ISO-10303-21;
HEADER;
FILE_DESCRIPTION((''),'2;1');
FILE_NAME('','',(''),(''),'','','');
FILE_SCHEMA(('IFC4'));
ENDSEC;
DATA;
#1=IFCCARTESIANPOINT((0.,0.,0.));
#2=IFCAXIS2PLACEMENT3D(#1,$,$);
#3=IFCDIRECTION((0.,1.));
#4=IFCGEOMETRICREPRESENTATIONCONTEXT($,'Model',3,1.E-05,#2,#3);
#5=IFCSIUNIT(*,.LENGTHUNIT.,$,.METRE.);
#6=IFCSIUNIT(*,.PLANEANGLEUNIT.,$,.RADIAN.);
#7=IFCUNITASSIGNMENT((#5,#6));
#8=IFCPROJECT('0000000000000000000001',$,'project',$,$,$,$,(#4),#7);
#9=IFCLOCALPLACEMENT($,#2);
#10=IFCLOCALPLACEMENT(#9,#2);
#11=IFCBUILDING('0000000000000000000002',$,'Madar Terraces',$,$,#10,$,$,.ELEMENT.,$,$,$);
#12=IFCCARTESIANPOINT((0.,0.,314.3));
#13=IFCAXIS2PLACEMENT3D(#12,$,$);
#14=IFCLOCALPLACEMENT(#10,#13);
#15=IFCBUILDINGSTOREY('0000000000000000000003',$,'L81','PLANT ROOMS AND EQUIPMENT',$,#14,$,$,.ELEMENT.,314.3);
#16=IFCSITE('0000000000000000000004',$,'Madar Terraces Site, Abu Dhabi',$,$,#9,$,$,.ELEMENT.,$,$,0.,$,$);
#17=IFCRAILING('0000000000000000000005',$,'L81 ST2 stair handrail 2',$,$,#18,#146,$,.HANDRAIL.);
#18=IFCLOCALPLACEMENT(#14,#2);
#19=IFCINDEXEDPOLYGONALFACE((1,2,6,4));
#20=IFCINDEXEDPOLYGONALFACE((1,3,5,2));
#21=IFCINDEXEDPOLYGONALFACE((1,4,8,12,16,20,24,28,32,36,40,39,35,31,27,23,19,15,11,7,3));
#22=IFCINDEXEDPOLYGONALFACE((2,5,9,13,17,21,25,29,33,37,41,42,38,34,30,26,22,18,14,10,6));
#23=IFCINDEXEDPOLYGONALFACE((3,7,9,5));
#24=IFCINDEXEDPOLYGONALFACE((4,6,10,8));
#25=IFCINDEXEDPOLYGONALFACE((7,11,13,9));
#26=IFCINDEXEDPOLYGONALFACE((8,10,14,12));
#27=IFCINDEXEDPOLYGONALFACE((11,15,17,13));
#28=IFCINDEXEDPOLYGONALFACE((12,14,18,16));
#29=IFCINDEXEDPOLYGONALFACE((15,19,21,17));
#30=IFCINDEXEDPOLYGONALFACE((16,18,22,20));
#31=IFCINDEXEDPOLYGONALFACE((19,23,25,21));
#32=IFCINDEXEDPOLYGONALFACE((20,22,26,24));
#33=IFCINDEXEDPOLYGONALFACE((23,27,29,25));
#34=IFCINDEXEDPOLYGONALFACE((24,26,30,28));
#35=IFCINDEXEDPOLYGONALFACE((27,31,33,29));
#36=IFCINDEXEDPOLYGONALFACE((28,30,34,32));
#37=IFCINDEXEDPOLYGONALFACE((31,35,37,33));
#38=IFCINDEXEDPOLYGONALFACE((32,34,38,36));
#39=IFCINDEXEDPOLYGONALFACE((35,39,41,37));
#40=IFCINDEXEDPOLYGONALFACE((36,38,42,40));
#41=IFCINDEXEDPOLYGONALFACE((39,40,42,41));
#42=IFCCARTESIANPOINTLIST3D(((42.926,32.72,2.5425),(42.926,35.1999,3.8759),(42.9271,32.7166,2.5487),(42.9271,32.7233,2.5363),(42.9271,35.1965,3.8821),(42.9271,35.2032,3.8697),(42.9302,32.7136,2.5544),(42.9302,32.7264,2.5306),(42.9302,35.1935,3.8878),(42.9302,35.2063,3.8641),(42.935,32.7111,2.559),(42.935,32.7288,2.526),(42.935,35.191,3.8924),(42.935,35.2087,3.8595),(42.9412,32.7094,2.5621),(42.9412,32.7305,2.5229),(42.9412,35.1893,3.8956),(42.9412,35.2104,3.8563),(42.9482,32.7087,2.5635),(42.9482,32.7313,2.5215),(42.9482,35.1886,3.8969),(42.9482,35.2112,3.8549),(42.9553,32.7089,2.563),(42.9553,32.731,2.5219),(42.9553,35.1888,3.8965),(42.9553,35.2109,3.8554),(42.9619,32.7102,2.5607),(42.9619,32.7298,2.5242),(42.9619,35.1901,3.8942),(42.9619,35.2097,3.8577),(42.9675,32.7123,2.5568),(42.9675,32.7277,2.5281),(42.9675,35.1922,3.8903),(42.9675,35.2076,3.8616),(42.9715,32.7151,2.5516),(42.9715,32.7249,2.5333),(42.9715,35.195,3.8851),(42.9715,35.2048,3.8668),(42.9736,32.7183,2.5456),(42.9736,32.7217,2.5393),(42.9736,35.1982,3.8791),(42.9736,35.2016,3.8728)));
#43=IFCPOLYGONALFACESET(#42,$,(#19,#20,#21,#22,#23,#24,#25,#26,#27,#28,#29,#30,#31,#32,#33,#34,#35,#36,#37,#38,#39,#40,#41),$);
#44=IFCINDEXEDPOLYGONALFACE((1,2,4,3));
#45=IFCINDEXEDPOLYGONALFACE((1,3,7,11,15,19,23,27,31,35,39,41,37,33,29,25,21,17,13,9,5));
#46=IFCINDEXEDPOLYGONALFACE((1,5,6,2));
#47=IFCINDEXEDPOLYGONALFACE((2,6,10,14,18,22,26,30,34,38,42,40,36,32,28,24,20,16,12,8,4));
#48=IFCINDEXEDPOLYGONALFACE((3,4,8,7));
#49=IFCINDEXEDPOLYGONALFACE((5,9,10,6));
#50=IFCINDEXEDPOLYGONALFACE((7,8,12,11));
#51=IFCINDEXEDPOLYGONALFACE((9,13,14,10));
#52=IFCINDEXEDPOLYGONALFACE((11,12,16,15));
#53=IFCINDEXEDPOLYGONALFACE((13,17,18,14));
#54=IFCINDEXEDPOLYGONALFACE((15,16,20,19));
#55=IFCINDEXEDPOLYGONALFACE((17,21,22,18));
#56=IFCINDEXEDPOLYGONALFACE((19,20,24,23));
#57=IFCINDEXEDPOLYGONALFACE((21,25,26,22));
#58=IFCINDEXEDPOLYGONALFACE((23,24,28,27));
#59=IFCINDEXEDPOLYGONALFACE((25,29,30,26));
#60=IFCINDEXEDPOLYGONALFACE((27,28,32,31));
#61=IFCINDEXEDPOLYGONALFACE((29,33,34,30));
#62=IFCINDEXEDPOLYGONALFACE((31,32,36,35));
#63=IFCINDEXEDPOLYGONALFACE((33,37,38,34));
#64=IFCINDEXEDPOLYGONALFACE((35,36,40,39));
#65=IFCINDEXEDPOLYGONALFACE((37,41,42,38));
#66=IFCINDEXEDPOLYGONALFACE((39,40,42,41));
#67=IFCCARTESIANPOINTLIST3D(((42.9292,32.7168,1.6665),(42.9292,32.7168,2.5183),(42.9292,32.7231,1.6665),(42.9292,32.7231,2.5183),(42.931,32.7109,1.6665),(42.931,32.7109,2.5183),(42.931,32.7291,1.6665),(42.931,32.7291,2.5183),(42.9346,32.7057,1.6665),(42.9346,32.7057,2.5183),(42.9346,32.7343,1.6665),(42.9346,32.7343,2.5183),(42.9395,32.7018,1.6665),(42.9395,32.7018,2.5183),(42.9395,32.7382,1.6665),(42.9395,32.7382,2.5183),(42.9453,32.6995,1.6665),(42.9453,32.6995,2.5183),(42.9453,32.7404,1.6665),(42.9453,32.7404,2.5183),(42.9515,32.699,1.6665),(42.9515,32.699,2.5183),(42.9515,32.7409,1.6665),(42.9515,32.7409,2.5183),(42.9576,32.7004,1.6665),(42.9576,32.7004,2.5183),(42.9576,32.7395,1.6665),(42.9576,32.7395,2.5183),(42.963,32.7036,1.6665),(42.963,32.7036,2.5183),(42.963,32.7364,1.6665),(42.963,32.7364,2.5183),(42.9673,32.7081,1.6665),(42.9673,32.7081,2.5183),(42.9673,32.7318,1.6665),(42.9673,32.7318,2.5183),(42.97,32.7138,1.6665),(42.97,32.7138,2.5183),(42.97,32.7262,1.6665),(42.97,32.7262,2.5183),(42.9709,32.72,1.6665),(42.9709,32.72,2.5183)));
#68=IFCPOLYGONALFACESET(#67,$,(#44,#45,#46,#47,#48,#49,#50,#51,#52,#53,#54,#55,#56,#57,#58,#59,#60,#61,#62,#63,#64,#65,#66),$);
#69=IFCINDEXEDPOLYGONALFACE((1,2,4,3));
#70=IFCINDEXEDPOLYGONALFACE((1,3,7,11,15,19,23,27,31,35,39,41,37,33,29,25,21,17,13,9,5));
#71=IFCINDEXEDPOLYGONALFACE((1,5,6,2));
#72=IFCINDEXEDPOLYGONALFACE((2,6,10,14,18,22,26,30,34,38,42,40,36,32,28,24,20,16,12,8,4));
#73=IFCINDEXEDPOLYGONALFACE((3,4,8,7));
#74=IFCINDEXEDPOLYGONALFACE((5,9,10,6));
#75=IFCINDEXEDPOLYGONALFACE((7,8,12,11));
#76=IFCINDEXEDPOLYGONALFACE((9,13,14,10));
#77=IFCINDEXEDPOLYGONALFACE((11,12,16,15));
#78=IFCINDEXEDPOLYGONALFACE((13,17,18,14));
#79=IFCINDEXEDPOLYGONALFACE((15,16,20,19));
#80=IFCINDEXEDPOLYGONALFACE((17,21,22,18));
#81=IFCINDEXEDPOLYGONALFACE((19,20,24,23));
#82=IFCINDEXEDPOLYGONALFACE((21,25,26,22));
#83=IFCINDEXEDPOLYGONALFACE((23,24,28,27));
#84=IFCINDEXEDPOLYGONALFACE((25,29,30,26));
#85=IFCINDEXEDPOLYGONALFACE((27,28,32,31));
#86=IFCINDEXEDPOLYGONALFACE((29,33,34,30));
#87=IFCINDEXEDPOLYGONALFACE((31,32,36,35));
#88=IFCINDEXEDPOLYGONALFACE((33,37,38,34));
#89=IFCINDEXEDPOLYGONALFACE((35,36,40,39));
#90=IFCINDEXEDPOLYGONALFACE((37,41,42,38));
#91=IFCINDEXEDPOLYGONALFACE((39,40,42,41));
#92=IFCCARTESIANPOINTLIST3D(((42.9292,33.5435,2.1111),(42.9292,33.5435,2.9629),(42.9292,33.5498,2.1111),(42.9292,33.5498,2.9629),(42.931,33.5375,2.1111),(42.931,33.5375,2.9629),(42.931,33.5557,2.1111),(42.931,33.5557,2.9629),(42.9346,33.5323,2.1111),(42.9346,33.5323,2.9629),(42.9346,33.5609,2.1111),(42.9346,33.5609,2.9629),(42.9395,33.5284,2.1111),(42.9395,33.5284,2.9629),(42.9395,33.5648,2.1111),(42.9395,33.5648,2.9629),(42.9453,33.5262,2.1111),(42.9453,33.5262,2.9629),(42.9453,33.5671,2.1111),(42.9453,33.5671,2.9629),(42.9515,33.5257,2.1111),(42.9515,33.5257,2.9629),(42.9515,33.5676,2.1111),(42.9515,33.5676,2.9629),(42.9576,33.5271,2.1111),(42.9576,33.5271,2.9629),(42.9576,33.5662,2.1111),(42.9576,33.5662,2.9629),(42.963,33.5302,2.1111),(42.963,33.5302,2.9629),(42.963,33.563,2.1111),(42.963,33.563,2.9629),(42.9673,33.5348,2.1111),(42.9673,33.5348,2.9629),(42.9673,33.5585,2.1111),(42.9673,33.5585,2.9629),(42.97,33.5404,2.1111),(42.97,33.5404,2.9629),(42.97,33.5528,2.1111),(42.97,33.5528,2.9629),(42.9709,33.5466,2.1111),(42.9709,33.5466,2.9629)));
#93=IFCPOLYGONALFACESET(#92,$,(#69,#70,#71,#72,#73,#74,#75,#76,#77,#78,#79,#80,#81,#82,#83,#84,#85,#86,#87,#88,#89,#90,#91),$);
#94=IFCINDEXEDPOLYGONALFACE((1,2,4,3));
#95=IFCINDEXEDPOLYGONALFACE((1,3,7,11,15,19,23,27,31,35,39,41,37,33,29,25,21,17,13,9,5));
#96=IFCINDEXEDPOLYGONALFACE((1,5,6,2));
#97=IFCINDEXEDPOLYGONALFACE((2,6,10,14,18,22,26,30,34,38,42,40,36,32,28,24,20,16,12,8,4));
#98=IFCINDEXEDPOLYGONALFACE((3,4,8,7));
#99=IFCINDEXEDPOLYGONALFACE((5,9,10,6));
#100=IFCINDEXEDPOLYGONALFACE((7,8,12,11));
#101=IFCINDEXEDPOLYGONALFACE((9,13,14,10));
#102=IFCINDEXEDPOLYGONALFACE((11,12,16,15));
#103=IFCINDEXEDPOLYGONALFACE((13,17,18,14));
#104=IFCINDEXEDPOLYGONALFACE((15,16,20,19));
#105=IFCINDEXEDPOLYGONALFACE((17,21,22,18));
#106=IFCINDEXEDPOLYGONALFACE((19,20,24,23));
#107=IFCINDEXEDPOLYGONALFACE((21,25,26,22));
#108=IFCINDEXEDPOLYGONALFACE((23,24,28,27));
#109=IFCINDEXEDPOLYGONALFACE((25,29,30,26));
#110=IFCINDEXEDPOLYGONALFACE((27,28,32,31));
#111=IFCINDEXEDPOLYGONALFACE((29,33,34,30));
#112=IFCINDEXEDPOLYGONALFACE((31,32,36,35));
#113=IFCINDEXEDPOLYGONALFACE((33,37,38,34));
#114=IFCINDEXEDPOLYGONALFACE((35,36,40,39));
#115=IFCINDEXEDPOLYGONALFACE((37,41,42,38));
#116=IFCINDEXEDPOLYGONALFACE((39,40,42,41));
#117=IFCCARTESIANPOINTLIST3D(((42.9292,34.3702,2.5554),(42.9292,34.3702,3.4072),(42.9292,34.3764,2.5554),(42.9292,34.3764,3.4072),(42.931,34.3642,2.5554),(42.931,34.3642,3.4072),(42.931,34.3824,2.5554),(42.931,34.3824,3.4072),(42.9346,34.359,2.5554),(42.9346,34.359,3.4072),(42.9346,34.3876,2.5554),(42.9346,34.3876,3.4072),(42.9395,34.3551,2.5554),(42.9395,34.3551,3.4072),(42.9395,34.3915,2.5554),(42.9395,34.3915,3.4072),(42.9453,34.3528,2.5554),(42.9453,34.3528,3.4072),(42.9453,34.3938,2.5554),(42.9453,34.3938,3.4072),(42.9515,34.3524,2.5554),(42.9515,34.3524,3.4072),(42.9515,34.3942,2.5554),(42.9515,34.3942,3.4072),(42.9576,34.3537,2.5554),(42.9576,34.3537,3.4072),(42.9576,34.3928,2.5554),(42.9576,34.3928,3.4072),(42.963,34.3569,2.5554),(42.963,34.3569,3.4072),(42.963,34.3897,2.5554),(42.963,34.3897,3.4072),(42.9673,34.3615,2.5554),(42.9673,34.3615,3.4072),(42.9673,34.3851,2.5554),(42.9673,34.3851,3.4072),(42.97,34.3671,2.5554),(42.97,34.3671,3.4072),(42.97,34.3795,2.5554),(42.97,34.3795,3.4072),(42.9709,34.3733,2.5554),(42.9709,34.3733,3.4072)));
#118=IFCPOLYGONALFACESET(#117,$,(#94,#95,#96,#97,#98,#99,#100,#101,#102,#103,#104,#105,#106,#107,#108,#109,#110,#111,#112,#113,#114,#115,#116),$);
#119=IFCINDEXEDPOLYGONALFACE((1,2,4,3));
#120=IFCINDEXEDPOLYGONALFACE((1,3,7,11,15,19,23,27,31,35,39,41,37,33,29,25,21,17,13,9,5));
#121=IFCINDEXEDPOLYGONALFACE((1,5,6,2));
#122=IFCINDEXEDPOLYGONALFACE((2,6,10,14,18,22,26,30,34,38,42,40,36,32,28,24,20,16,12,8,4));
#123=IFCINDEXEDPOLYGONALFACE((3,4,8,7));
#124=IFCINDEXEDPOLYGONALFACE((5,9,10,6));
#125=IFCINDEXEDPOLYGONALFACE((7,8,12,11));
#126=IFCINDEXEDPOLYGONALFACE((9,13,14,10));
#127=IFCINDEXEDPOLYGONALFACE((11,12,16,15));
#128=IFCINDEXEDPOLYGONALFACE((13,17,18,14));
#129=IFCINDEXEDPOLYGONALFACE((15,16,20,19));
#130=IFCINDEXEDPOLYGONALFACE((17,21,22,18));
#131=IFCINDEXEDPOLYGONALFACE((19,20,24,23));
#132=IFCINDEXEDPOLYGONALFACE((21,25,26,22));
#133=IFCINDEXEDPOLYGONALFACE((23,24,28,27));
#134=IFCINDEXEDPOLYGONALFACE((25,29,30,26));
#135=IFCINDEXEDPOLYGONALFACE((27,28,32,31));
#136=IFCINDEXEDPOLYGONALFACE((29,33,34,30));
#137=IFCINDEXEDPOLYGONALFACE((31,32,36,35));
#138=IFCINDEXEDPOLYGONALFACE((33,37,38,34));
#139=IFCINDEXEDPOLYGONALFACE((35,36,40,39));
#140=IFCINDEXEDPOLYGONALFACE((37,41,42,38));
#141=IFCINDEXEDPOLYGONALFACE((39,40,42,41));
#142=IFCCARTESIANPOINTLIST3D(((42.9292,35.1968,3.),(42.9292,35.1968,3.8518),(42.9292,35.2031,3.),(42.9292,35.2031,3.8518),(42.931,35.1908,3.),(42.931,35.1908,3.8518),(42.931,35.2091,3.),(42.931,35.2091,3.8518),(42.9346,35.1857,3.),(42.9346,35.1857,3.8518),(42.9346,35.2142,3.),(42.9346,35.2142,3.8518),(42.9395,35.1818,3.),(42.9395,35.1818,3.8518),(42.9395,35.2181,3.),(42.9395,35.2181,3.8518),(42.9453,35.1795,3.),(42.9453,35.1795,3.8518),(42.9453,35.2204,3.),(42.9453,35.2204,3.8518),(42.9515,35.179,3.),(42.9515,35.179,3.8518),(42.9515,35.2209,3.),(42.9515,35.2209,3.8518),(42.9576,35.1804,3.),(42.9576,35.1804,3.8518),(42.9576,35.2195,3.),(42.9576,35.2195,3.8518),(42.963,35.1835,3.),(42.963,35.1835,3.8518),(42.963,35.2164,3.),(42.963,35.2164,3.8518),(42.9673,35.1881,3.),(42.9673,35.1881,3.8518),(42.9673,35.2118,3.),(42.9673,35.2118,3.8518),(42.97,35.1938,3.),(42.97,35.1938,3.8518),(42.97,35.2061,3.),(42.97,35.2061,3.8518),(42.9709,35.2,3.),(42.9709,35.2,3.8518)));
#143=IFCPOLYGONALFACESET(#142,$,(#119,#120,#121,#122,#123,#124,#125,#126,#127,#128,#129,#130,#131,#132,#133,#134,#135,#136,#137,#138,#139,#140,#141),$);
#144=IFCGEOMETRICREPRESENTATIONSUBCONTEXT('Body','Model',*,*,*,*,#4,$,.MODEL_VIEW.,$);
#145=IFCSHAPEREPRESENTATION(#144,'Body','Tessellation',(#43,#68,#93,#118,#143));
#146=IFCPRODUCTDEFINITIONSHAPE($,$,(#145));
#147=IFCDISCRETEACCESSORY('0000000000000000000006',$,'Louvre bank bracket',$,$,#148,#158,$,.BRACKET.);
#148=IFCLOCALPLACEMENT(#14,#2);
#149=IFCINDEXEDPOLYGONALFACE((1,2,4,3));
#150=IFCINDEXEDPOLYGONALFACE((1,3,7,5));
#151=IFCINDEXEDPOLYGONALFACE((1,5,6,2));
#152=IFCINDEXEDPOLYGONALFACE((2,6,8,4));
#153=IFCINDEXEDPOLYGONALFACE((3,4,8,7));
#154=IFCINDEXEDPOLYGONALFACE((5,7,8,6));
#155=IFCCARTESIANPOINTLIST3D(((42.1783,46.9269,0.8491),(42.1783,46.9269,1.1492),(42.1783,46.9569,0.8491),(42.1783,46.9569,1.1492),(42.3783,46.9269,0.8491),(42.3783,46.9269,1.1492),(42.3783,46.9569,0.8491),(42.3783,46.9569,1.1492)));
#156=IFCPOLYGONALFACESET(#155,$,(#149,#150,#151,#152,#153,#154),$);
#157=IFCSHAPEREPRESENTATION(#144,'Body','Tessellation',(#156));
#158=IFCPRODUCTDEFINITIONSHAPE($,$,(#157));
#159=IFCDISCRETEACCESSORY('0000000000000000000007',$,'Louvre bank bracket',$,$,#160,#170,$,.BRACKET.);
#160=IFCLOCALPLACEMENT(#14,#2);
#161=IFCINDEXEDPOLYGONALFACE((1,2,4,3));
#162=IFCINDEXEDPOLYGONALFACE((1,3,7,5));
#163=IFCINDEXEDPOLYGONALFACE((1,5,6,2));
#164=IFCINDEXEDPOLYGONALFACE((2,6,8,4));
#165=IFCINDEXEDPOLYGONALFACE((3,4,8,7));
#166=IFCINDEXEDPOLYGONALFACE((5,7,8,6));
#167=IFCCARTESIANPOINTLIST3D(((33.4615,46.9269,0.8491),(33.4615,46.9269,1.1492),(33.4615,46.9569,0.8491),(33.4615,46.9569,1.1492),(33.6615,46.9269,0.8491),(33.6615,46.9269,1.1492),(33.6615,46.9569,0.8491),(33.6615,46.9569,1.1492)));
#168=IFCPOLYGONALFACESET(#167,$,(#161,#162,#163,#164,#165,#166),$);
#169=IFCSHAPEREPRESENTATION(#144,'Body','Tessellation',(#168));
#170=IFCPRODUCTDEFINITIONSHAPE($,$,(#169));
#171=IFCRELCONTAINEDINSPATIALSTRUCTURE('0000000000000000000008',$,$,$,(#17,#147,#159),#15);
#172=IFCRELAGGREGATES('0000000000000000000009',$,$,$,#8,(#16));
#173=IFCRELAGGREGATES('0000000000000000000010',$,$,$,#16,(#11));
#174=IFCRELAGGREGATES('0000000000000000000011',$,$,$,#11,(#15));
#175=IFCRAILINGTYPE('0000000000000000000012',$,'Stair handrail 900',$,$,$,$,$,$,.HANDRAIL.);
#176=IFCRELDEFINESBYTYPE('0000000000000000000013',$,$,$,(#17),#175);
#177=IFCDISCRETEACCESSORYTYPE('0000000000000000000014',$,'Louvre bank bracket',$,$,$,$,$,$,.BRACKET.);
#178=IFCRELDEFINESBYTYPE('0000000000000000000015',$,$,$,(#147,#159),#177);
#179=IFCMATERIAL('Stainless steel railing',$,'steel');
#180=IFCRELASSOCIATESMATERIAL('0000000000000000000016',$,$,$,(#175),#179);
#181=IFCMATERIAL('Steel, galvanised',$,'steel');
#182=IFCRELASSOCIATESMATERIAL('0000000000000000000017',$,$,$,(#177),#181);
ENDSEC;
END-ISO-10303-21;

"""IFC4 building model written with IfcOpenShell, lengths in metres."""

from ifc_helpers import new_model, si_unit, direction, frame, origin, origin_2d, place, context, subcontext, project, spatial, rectangle, circle, extrude, material, type_object, element, save


model = new_model("IFC4")

# Units and contexts
model_context = context("Model", 3, precision=1e-05, world=origin(), true_north=direction((0.0, 1.0)))
body_context = subcontext(model_context, "Body", "Model", "MODEL_VIEW")
ifc_project = project(units=[si_unit("LENGTHUNIT", "METRE"), si_unit("PLANEANGLEUNIT", "RADIAN")], contexts=[model_context])

# Site, building, storey
site_placement = place(None, origin())
site = spatial("IfcSite", under=ifc_project, at=site_placement, Name="Madar Terraces Site, Abu Dhabi", CompositionType="ELEMENT", RefElevation=0.0)
building_placement = place(site_placement, origin())
building = spatial("IfcBuilding", under=site, at=building_placement, Name="Madar Terraces", CompositionType="ELEMENT")
storey_placement = place(building_placement, frame((0.0, 0.0, 314.3)))
storey = spatial("IfcBuildingStorey", under=building, at=storey_placement, Name="L81", Description="PLANT ROOMS AND EQUIPMENT", CompositionType="ELEMENT", Elevation=314.3)

# Railing
ifc_material_1 = material(Name="Stainless steel railing", Category="steel")
railing_type_1 = type_object("IfcRailingType", Name="Stair handrail 900", PredefinedType="HANDRAIL", material=ifc_material_1)
railing_1_placement = place(storey_placement, frame((42.95, 32.72, 1.6665)))
element("IfcRailing", 1, at=railing_1_placement, inside=storey, type_object=railing_type_1, Name="L81 ST2 stair handrail 2", PredefinedType="HANDRAIL", context=body_context, shape_type="SweptSolid", body=[
    extrude(circle(Radius=0.0239, at=origin_2d()), frame((0.0, 0.0, 0.876), z_axis=(0.0, 0.880749, 0.473583), x_axis=(-1.0, 0.0, 0.0)), (0.0, 0.0, 1.0), 2.8157),
    extrude(circle(Radius=0.021, at=origin_2d()), origin(), (0.0, 0.0, 1.0), 0.8518),
    extrude(circle(Radius=0.021, at=origin_2d()), frame((0.0, 0.8267, 0.4446)), (0.0, 0.0, 1.0), 0.8518),
    extrude(circle(Radius=0.021, at=origin_2d()), frame((0.0, 1.6533, 0.8889)), (0.0, 0.0, 1.0), 0.8518),
    extrude(circle(Radius=0.021, at=origin_2d()), frame((0.0, 2.48, 1.3335)), (0.0, 0.0, 1.0), 0.8518),
])

# Discrete accessories
ifc_material_2 = material(Name="Steel, galvanised", Category="steel")
discrete_accessory_type = type_object("IfcDiscreteAccessoryType", Name="Louvre bank bracket", PredefinedType="BRACKET", material=ifc_material_2)
for number, where, z_axis, x_axis, name in (
    (2, (42.2783, 46.9419, 0.8491), (0.0, 0.0, 1.0), (-1.0, 0.0, 0.0), "Louvre bank bracket"),
    (3, (33.5615, 46.9419, 0.8491), (0.0, 0.0, 1.0), (-1.0, 0.0, 0.0), "Louvre bank bracket"),
):
    element("IfcDiscreteAccessory", number, at=place(storey_placement, frame(where, z_axis=z_axis, x_axis=x_axis)), inside=storey, type_object=discrete_accessory_type, Name=name, PredefinedType="BRACKET", context=body_context, shape_type="SweptSolid", body=[
        extrude(rectangle(XDim=0.2, YDim=0.03, at=origin_2d()), origin(), (0.0, 0.0, 1.0), 0.3),
    ])

save(model, "model.ifc")
